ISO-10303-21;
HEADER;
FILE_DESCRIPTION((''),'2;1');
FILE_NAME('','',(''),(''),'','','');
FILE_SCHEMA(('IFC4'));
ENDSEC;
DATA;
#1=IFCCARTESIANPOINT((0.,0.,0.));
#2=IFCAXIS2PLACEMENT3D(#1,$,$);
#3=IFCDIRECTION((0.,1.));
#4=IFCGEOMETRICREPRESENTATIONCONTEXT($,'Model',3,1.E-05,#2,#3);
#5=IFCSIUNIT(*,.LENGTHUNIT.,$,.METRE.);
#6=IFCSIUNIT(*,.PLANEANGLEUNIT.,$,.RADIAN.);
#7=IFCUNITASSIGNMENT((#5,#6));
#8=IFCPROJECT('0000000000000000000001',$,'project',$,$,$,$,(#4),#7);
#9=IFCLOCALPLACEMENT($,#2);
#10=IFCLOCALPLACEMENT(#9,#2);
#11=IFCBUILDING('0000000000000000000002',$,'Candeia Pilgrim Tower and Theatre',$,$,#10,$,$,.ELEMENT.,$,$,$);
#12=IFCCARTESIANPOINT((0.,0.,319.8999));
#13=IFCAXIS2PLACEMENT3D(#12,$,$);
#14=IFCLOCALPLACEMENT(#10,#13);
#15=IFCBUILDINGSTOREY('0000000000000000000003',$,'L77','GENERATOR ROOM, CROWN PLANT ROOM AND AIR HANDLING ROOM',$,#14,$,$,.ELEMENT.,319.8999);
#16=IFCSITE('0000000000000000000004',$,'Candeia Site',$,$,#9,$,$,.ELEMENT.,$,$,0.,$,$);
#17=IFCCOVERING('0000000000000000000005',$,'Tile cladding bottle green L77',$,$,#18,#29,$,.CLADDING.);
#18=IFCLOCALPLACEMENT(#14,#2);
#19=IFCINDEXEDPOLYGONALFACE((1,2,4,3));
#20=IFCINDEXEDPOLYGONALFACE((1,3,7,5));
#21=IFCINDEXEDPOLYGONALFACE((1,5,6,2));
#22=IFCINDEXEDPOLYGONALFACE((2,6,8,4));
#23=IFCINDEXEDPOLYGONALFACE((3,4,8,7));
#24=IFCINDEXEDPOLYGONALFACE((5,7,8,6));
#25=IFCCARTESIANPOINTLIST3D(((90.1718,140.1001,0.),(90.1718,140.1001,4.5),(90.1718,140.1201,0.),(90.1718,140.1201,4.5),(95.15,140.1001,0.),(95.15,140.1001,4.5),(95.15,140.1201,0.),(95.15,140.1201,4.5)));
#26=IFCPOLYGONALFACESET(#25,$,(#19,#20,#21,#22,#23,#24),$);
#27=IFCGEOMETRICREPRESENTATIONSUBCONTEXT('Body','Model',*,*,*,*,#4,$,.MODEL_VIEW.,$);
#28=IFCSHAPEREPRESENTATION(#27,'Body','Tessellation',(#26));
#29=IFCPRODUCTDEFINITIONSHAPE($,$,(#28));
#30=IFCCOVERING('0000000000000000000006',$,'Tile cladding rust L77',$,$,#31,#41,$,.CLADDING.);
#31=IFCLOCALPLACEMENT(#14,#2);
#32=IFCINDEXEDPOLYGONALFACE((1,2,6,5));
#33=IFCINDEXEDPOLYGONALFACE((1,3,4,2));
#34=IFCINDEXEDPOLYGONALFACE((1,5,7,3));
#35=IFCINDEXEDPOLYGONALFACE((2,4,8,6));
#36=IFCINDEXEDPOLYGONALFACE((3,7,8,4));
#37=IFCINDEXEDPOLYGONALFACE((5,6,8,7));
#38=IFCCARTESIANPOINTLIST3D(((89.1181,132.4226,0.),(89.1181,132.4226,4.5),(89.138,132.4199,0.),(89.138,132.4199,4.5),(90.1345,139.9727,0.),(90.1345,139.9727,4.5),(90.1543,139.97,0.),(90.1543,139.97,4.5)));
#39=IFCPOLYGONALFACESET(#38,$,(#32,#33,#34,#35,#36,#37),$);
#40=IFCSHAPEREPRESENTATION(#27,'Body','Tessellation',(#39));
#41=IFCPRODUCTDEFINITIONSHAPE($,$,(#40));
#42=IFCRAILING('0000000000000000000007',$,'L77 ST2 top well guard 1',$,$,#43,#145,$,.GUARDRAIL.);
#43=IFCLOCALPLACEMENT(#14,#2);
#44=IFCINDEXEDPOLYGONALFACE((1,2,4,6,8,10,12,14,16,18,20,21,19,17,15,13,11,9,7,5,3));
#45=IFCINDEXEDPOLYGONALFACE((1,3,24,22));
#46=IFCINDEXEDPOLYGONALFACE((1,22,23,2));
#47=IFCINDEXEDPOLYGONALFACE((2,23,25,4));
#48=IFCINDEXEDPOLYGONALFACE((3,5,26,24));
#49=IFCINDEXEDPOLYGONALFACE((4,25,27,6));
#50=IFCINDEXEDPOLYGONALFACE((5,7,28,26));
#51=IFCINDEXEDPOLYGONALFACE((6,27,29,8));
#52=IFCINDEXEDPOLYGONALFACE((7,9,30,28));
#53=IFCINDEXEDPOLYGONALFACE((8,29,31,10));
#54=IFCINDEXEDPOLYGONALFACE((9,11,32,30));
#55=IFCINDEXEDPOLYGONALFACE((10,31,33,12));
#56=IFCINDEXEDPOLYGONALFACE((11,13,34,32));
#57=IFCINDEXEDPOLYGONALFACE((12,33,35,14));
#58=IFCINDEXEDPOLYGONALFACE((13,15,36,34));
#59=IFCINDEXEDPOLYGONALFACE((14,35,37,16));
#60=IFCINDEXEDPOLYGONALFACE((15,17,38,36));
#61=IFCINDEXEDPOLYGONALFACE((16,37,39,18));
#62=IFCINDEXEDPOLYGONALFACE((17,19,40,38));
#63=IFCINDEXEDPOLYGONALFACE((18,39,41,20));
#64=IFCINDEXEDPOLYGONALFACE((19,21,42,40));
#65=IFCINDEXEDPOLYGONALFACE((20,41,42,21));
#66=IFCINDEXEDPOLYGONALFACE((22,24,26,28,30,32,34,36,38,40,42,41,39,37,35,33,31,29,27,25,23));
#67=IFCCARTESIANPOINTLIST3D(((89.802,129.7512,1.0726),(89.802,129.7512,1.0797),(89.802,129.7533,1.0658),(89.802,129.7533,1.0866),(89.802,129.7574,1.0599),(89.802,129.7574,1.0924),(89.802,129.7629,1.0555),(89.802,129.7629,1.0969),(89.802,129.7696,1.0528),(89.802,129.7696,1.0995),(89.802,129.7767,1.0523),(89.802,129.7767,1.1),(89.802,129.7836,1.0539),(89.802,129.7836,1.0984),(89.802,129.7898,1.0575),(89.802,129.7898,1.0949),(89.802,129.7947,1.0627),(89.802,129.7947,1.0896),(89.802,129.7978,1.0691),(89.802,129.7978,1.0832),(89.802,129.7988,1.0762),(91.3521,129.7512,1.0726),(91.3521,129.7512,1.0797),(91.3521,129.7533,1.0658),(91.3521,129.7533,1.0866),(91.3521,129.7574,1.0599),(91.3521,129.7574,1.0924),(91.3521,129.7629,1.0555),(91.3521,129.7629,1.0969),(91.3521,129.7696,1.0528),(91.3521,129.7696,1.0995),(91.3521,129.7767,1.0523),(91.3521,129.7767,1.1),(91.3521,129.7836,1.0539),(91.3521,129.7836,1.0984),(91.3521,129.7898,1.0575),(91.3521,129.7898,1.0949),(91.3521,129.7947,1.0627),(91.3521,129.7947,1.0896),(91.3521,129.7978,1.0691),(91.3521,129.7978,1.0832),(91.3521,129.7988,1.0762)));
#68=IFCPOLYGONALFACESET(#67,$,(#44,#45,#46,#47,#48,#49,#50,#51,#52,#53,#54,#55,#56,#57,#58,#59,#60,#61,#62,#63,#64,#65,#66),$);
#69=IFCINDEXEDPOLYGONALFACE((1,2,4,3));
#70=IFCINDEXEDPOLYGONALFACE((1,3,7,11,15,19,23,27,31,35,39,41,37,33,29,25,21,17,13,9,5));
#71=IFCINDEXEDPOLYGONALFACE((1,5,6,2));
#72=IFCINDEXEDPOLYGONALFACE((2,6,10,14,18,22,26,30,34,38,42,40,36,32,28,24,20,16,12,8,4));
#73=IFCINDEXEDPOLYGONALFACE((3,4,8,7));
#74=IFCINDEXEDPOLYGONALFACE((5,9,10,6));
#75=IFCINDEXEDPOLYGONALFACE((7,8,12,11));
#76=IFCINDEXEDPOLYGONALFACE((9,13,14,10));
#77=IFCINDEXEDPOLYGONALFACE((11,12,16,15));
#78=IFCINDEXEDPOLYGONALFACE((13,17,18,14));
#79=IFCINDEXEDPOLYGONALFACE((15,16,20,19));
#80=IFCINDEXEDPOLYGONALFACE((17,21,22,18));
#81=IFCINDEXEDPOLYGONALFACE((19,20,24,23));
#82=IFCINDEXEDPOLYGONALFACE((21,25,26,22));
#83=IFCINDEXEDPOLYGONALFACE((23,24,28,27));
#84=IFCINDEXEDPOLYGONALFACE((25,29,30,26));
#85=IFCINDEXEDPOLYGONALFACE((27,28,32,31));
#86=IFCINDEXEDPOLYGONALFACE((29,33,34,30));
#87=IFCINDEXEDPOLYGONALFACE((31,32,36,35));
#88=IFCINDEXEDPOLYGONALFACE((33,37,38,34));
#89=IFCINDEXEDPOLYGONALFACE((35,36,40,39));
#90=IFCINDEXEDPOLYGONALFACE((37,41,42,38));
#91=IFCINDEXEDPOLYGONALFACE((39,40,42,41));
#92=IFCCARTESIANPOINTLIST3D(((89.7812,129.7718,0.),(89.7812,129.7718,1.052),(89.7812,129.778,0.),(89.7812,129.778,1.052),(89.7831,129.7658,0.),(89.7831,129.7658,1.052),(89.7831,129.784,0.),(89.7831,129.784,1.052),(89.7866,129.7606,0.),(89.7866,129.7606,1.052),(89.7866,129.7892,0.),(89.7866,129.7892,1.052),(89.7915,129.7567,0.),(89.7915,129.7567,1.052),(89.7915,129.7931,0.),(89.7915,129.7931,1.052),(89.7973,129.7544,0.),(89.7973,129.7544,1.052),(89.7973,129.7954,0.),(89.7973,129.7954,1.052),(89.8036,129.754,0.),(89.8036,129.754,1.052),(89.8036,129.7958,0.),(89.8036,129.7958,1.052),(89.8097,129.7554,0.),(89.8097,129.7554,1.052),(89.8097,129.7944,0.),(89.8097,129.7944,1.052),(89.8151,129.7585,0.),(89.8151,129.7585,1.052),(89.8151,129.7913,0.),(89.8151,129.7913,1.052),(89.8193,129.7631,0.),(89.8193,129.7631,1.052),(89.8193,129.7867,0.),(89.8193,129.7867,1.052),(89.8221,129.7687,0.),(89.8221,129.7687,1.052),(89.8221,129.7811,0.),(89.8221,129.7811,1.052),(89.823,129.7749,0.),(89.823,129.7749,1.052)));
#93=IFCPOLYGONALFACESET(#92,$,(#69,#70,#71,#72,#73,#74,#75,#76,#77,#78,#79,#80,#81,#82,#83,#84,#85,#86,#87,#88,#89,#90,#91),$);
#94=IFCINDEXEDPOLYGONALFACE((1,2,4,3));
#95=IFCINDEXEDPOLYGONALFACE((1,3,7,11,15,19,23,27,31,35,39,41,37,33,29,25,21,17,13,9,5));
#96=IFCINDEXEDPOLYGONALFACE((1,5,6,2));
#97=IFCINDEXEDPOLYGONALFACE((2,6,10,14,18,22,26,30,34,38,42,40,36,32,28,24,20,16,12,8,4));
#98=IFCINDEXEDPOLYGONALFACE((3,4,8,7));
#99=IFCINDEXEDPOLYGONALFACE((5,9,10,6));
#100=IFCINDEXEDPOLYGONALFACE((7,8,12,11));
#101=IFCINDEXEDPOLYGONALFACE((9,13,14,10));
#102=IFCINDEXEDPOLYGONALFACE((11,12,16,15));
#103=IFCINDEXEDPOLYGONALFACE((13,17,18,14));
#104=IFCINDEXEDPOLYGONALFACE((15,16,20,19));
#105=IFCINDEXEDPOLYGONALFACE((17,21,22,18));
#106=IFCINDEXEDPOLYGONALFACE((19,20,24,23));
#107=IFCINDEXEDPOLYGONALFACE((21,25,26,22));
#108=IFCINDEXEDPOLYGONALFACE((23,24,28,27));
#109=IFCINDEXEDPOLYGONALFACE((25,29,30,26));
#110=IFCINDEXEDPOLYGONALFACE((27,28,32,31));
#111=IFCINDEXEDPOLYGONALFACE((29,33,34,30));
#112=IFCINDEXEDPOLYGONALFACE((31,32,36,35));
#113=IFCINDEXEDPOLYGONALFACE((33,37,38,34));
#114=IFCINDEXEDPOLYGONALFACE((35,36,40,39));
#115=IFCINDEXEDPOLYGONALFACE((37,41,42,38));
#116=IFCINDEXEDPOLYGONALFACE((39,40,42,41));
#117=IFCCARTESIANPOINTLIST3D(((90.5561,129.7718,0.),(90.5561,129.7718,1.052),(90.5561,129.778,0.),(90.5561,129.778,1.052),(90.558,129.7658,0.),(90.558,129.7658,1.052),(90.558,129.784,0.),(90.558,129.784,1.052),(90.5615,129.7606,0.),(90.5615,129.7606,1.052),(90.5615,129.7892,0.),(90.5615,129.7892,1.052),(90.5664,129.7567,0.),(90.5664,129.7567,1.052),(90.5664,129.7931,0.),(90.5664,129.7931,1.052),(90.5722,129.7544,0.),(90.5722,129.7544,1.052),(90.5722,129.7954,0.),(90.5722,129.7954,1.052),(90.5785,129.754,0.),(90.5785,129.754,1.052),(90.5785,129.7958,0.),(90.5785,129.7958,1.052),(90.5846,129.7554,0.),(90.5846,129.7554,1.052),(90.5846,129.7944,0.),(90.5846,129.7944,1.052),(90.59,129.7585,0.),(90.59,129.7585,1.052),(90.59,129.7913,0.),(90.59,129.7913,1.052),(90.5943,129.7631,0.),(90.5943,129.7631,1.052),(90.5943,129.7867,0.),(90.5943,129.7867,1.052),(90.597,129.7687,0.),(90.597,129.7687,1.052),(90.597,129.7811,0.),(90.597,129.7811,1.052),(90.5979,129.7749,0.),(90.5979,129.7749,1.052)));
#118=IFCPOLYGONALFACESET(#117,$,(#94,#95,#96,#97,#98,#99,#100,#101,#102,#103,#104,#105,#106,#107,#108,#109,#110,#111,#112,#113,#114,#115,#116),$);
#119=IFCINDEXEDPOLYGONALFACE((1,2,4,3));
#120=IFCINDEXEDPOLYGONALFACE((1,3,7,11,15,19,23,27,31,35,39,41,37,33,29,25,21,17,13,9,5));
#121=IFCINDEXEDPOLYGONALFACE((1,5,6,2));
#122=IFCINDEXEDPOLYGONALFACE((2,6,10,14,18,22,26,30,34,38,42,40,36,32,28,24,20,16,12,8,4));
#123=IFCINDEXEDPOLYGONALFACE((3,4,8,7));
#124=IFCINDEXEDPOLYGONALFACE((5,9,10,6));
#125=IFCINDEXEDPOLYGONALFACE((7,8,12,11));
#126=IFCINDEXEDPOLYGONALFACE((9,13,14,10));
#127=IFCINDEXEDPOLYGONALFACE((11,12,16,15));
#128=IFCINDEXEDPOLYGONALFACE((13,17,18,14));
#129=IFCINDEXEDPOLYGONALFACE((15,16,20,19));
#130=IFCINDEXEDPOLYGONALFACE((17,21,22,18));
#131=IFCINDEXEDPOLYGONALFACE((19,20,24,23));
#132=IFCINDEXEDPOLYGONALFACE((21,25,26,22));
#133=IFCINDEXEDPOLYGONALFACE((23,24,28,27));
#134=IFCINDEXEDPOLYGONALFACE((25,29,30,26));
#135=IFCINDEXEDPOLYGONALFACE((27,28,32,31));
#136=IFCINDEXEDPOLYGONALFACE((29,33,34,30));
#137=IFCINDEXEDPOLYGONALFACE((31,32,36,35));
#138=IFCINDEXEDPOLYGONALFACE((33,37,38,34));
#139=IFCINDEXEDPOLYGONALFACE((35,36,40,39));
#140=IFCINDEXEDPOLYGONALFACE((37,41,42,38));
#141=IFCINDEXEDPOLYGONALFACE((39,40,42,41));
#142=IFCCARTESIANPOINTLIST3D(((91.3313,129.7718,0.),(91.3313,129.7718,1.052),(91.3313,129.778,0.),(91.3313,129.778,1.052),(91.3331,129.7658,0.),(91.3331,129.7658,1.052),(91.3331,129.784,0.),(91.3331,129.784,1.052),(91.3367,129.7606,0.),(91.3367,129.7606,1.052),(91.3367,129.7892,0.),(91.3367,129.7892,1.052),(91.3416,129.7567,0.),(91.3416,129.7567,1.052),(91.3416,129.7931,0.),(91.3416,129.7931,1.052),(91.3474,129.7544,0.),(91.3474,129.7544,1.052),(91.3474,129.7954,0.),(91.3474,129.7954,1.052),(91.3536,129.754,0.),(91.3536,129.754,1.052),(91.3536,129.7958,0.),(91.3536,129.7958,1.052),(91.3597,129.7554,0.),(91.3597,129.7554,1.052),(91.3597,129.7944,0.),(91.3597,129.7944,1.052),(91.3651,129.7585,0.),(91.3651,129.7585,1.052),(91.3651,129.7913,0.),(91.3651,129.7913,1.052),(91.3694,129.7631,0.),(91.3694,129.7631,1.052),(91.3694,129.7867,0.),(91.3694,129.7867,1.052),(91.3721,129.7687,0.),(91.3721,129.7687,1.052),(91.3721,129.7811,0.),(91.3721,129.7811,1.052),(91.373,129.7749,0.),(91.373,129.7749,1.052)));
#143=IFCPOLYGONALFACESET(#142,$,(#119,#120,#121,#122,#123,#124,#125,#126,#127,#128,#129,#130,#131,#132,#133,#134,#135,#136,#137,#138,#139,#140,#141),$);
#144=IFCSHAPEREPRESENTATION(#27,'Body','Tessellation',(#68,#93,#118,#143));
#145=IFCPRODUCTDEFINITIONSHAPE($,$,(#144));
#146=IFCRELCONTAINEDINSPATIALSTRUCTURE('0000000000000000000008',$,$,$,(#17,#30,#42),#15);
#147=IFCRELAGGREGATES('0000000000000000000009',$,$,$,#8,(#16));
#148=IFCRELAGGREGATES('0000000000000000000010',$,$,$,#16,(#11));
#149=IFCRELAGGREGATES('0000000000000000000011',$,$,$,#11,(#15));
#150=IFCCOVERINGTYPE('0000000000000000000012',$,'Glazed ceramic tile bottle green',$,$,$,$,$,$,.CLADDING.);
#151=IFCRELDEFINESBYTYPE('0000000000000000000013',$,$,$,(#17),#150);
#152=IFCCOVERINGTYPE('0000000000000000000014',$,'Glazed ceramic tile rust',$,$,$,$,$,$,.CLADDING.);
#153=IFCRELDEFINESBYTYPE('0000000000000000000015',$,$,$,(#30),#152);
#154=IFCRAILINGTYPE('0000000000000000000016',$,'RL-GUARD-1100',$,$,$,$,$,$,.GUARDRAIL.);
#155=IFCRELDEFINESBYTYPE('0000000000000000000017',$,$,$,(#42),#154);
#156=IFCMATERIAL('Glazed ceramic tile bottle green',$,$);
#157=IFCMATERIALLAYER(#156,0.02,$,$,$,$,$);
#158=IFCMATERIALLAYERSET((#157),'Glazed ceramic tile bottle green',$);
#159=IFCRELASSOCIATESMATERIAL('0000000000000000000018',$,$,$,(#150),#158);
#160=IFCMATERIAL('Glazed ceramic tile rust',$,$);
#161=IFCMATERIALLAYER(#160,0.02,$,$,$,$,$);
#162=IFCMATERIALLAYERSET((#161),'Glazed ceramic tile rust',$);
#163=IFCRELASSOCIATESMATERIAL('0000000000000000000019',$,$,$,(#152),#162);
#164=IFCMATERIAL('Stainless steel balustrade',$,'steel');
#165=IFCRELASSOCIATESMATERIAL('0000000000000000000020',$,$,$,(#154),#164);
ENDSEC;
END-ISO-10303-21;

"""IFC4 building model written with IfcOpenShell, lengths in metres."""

from ifc_helpers import new_model, si_unit, direction, frame, origin, origin_2d, place, context, subcontext, project, spatial, rectangle, circle, extrude, material, layer, layer_set, type_object, element, save


model = new_model("IFC4")

# Units and contexts
model_context = context("Model", 3, precision=1e-05, world=origin(), true_north=direction((0.0, 1.0)))
body_context = subcontext(model_context, "Body", "Model", "MODEL_VIEW")
ifc_project = project(units=[si_unit("LENGTHUNIT", "METRE"), si_unit("PLANEANGLEUNIT", "RADIAN")], contexts=[model_context])

# Site, building, storey
site_placement = place(None, origin())
site = spatial("IfcSite", under=ifc_project, at=site_placement, Name="Candeia Site", CompositionType="ELEMENT", RefElevation=0.0)
building_placement = place(site_placement, origin())
building = spatial("IfcBuilding", under=site, at=building_placement, Name="Candeia Pilgrim Tower and Theatre", CompositionType="ELEMENT")
storey_placement = place(building_placement, frame((0.0, 0.0, 319.8999)))
storey = spatial("IfcBuildingStorey", under=building, at=storey_placement, Name="L77", Description="GENERATOR ROOM, CROWN PLANT ROOM AND AIR HANDLING ROOM", CompositionType="ELEMENT", Elevation=319.8999)

# Coverings
ifc_material_1 = material(Name="Glazed ceramic tile bottle green")
ifc_layer_1 = layer(ifc_material_1, 0.02)
ifc_layer_set_1 = layer_set([ifc_layer_1], Name="Glazed ceramic tile bottle green")
covering_type_1 = type_object("IfcCoveringType", Name="Glazed ceramic tile bottle green", PredefinedType="CLADDING", material=ifc_layer_set_1)
covering_1_placement = place(storey_placement, frame((92.6609, 140.1101, 0.0), z_axis=(0.0, 0.0, 1.0), x_axis=(-1.0, 0.0, 0.0)))
element("IfcCovering", 1, at=covering_1_placement, inside=storey, type_object=covering_type_1, Name="Tile cladding bottle green L77", PredefinedType="CLADDING", context=body_context, shape_type="SweptSolid", body=[
    extrude(rectangle(XDim=4.9783, YDim=0.02, at=origin_2d()), origin(), (0.0, 0.0, 1.0), 4.5),
])
ifc_material_2 = material(Name="Glazed ceramic tile rust")
ifc_layer_2 = layer(ifc_material_2, 0.02)
ifc_layer_set_2 = layer_set([ifc_layer_2], Name="Glazed ceramic tile rust")
covering_type_2 = type_object("IfcCoveringType", Name="Glazed ceramic tile rust", PredefinedType="CLADDING", material=ifc_layer_set_2)
covering_2_placement = place(storey_placement, frame((89.6362, 136.1963, 0.0), z_axis=(0.0, 0.0, 1.0), x_axis=(-0.133412, -0.991061, 0.0)))
element("IfcCovering", 2, at=covering_2_placement, inside=storey, type_object=covering_type_2, Name="Tile cladding rust L77", PredefinedType="CLADDING", context=body_context, shape_type="SweptSolid", body=[
    extrude(rectangle(XDim=7.6182, YDim=0.02, at=origin_2d()), origin(), (0.0, 0.0, 1.0), 4.5),
])

# Railing
ifc_material_3 = material(Name="Stainless steel balustrade", Category="steel")
railing_type = type_object("IfcRailingType", Name="RL-GUARD-1100", PredefinedType="GUARDRAIL", material=ifc_material_3)
railing_placement = place(storey_placement, frame((89.802, 129.7749, 0.0)))
element("IfcRailing", 3, at=railing_placement, inside=storey, type_object=railing_type, Name="L77 ST2 top well guard 1", PredefinedType="GUARDRAIL", context=body_context, shape_type="SweptSolid", body=[
    extrude(circle(Radius=0.0239, at=origin_2d()), frame((0.0, 0.0, 1.0762), z_axis=(1.0, 0.0, 0.0), x_axis=(0.0, 1.0, 0.0)), (0.0, 0.0, 1.0), 1.55),
    extrude(circle(Radius=0.021, at=origin_2d()), origin(), (0.0, 0.0, 1.0), 1.052),
    extrude(circle(Radius=0.021, at=origin_2d()), frame((0.7749, 0.0, 0.0)), (0.0, 0.0, 1.0), 1.052),
    extrude(circle(Radius=0.021, at=origin_2d()), frame((1.55, 0.0, 0.0)), (0.0, 0.0, 1.0), 1.052),
])

save(model, "model.ifc")
